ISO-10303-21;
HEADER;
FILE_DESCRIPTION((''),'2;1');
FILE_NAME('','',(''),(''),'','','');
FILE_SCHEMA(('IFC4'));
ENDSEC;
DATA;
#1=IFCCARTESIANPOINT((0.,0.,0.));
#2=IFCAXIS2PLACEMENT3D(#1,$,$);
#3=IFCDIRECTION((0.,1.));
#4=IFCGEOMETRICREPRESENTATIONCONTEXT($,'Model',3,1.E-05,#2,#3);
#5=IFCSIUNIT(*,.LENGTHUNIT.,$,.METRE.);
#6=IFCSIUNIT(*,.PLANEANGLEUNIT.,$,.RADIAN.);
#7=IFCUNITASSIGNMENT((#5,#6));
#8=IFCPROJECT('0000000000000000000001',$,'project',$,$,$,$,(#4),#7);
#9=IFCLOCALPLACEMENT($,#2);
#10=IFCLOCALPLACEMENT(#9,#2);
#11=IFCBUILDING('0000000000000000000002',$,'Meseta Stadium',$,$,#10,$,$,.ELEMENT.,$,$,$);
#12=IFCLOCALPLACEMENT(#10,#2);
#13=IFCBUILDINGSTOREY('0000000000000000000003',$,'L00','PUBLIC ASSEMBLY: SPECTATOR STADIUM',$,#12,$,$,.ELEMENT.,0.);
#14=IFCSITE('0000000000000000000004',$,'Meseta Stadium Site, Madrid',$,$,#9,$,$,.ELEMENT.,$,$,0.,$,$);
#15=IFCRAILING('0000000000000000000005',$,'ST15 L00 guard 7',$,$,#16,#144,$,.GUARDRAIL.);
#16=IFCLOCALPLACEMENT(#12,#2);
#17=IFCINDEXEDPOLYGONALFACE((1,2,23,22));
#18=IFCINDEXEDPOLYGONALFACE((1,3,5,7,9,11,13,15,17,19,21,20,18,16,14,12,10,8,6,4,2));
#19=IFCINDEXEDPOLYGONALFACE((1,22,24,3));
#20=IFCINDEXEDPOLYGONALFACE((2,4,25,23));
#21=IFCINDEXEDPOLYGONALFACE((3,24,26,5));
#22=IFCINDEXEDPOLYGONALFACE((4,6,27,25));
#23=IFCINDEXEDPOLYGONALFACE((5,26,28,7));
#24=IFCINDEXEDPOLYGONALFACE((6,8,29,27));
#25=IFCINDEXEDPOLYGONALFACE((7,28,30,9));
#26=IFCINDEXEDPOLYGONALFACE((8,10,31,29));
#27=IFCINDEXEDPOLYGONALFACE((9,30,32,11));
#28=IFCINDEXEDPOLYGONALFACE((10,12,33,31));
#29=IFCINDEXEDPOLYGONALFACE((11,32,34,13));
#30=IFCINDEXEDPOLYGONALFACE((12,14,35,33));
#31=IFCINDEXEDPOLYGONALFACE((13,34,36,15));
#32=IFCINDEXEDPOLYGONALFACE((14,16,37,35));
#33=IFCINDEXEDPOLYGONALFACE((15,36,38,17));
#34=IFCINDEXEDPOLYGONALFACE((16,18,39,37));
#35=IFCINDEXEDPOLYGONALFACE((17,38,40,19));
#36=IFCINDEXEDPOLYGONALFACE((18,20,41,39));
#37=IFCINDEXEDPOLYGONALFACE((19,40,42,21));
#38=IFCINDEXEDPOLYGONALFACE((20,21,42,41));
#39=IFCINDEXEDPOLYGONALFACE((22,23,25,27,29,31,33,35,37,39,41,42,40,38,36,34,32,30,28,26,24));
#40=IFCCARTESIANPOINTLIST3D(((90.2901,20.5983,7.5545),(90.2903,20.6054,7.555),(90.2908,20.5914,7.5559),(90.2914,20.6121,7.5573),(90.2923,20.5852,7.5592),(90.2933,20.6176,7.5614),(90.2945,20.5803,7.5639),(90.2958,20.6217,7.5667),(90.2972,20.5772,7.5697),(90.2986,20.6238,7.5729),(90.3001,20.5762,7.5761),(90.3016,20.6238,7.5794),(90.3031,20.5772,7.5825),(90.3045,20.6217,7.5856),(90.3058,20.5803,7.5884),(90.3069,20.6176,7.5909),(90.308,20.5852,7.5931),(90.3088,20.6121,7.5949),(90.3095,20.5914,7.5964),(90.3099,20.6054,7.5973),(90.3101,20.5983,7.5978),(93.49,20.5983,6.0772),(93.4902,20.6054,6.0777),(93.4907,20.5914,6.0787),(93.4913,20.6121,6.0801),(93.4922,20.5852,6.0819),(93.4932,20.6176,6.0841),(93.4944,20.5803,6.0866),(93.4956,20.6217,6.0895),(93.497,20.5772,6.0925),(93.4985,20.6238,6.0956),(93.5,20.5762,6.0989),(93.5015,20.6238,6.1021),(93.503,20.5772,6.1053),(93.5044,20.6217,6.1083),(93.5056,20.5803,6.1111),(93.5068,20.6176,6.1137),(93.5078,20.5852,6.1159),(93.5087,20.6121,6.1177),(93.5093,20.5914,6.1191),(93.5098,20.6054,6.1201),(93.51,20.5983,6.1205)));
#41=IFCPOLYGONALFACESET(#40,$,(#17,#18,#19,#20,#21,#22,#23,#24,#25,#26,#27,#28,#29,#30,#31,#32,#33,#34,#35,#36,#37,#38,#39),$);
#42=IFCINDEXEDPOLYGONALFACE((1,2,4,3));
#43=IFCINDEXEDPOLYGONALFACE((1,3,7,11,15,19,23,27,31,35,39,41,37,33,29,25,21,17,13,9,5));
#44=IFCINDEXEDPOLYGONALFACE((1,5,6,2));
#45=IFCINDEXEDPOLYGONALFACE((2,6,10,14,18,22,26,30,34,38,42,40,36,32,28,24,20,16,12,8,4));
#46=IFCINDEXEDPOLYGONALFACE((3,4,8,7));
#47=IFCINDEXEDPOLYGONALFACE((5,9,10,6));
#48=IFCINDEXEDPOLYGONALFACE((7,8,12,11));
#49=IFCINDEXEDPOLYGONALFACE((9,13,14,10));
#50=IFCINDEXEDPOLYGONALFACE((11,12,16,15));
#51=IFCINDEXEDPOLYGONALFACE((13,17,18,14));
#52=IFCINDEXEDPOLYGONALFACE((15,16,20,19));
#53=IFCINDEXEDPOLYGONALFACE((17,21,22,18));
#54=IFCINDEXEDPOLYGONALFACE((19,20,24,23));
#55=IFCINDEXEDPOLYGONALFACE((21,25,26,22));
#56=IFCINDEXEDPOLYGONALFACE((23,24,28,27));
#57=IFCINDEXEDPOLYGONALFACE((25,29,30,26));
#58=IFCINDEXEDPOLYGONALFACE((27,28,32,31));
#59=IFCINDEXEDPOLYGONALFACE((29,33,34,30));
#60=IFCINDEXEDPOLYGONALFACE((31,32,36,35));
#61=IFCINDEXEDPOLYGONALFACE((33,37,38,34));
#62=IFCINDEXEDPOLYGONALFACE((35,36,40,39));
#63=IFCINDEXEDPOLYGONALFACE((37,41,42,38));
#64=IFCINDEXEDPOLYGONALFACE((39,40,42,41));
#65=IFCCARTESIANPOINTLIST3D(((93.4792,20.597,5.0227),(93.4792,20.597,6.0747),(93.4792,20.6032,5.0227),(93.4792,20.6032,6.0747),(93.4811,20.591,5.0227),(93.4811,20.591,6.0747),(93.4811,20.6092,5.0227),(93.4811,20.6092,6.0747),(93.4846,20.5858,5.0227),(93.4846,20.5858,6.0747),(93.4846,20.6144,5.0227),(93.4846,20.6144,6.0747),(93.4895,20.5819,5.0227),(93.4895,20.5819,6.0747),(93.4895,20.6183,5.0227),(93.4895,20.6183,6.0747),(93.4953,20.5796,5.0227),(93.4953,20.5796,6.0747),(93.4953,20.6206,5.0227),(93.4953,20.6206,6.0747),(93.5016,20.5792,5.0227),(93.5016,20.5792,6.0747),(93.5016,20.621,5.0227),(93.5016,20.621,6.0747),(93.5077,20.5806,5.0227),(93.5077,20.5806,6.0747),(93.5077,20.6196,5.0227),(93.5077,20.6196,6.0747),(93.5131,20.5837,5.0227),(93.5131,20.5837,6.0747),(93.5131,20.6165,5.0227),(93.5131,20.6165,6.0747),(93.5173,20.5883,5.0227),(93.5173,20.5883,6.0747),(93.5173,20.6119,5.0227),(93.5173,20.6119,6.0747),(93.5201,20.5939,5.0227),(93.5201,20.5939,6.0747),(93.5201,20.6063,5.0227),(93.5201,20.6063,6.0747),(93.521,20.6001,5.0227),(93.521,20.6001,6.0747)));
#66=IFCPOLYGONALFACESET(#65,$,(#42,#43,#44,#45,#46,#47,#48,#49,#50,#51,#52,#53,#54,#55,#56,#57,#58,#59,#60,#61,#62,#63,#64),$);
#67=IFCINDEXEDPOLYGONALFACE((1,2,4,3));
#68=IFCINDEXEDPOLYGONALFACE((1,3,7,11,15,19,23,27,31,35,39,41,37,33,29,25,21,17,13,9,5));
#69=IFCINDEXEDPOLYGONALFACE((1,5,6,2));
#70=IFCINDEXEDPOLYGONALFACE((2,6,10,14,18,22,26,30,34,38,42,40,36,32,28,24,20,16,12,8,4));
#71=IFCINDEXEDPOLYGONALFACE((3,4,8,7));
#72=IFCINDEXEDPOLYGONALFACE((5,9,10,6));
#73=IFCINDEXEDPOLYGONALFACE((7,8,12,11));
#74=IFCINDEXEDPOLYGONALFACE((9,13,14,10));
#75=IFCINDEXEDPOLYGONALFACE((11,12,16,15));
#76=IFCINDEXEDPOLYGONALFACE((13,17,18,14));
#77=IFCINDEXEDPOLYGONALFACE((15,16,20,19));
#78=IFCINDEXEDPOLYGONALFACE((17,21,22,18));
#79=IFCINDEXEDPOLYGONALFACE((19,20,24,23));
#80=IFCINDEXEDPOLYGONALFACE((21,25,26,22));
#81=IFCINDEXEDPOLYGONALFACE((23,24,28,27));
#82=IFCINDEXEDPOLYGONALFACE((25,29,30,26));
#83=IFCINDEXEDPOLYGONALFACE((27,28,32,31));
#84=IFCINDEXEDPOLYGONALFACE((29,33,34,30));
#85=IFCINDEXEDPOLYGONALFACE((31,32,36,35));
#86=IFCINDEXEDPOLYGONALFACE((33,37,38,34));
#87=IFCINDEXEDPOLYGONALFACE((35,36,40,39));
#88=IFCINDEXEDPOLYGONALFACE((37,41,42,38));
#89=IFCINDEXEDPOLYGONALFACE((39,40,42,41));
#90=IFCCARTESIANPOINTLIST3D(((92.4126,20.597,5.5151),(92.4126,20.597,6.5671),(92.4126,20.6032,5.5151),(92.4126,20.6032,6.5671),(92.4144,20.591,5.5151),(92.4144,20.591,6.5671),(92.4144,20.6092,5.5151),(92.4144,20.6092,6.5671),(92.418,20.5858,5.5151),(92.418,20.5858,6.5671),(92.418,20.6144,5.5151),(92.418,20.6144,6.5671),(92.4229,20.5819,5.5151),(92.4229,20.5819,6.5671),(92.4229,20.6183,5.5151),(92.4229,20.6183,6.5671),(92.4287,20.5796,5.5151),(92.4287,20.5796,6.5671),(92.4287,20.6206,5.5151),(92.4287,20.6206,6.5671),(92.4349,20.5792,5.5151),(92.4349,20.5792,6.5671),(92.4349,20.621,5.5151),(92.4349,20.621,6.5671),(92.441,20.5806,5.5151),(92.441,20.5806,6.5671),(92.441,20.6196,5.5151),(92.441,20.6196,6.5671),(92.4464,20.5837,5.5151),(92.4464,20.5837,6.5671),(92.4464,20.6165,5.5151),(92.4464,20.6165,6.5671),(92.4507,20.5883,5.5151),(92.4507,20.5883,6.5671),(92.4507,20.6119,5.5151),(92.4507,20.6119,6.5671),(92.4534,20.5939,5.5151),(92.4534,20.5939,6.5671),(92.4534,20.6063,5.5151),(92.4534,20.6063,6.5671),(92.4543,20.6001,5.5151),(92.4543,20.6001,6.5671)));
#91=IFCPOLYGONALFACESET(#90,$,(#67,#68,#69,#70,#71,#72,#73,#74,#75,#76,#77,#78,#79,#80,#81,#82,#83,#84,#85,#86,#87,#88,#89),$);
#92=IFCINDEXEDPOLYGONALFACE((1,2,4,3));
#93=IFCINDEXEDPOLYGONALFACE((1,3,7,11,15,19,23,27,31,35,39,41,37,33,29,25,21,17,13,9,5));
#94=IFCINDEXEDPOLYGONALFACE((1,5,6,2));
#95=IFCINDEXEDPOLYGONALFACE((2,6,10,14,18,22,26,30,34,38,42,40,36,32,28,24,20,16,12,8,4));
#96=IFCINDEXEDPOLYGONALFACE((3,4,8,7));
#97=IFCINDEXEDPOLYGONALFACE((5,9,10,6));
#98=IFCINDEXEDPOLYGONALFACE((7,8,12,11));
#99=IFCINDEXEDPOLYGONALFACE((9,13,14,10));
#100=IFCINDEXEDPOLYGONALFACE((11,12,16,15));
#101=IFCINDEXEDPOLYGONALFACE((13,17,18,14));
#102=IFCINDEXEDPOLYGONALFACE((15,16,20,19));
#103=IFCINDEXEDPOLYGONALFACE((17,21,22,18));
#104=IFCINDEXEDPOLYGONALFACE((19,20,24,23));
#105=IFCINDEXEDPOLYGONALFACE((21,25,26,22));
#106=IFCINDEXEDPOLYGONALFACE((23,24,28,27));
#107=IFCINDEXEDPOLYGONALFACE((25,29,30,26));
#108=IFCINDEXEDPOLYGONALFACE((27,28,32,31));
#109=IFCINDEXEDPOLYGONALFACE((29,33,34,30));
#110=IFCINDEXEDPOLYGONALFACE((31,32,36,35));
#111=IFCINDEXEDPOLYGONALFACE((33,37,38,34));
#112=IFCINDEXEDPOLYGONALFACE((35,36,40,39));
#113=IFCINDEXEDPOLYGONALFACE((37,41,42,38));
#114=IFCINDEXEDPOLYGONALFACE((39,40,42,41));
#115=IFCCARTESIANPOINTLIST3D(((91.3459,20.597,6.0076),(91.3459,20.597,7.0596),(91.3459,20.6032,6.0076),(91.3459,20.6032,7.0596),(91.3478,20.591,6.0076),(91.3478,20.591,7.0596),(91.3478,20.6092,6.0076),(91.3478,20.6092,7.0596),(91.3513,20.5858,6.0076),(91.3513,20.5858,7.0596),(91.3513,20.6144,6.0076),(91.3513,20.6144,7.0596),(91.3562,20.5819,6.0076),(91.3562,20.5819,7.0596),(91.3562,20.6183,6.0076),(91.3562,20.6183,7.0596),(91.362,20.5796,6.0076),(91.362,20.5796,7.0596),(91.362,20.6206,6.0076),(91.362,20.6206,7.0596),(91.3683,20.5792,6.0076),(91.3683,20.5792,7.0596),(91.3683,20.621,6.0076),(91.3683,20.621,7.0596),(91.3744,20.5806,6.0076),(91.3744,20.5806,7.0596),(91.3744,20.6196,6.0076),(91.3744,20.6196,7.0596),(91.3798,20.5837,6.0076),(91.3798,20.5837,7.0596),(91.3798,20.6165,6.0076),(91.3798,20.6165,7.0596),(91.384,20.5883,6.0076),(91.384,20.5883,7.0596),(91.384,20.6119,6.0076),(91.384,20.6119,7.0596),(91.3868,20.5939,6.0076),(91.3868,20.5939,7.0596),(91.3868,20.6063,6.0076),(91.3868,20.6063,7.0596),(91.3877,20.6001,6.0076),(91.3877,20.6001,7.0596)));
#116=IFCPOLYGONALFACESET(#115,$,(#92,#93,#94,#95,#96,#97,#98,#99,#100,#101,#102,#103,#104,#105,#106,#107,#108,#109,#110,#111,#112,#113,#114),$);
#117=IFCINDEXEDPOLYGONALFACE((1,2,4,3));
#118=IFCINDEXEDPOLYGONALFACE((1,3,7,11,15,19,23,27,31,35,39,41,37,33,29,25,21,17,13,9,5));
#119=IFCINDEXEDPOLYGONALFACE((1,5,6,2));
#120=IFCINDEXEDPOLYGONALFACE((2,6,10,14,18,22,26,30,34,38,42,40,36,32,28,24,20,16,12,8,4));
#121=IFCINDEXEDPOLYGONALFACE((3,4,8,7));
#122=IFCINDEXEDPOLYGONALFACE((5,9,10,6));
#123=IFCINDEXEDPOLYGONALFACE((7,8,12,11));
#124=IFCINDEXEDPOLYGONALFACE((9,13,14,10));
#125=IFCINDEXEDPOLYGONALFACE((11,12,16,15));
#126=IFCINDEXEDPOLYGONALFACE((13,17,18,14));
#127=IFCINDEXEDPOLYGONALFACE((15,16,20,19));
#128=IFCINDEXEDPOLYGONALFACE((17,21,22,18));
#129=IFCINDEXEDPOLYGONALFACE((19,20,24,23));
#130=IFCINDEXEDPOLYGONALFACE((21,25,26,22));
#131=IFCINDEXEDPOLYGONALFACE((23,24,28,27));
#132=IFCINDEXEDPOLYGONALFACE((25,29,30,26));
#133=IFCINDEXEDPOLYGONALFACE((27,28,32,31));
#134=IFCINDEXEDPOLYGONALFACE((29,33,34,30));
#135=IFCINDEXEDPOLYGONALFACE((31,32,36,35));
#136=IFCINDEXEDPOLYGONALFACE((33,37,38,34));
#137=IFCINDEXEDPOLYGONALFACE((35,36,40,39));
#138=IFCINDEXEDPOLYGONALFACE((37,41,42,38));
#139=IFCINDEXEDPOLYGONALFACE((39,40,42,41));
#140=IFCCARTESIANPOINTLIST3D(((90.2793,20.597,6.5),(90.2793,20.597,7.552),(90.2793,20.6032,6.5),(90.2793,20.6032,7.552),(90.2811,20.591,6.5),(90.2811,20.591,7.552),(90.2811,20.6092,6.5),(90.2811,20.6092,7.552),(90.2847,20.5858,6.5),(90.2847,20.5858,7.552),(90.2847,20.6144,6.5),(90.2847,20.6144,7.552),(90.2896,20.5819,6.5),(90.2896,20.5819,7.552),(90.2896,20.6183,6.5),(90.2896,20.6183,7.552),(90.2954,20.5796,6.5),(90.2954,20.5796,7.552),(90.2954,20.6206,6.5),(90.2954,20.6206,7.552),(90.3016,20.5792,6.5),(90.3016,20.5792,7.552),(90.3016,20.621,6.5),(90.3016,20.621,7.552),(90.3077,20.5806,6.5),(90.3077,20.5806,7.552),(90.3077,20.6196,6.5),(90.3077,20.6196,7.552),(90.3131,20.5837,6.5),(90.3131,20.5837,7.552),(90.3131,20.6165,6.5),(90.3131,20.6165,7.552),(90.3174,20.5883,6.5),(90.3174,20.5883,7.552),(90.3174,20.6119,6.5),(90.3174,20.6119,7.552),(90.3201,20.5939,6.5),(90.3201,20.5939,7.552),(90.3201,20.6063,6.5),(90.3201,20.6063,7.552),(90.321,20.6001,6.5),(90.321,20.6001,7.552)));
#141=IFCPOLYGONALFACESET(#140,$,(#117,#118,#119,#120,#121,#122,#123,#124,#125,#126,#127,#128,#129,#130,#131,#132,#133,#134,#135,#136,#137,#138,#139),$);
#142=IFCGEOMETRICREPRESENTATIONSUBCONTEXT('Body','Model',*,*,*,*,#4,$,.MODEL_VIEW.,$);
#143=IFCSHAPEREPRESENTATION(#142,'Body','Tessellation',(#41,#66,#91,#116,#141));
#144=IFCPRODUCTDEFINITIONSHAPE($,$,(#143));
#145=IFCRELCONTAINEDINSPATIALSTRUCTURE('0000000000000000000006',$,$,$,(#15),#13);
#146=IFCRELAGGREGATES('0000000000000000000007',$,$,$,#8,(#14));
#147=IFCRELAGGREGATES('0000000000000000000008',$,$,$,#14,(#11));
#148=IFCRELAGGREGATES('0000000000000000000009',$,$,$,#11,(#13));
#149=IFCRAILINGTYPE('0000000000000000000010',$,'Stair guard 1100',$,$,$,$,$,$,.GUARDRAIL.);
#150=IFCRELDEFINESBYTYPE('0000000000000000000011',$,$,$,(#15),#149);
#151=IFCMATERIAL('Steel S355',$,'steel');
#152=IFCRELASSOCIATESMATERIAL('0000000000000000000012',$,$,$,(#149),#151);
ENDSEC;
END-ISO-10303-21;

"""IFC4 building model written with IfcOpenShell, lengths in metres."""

from ifc_helpers import new_model, si_unit, direction, frame, origin, origin_2d, place, context, subcontext, project, spatial, circle, extrude, material, type_object, element, save


model = new_model("IFC4")

# Units and contexts
model_context = context("Model", 3, precision=1e-05, world=origin(), true_north=direction((0.0, 1.0)))
body_context = subcontext(model_context, "Body", "Model", "MODEL_VIEW")
ifc_project = project(units=[si_unit("LENGTHUNIT", "METRE"), si_unit("PLANEANGLEUNIT", "RADIAN")], contexts=[model_context])

# Site, building, storey
site_placement = place(None, origin())
site = spatial("IfcSite", under=ifc_project, at=site_placement, Name="Meseta Stadium Site, Madrid", CompositionType="ELEMENT", RefElevation=0.0)
building_placement = place(site_placement, origin())
building = spatial("IfcBuilding", under=site, at=building_placement, Name="Meseta Stadium", CompositionType="ELEMENT")
storey_placement = place(building_placement, origin())
storey = spatial("IfcBuildingStorey", under=building, at=storey_placement, Name="L00", Description="PUBLIC ASSEMBLY: SPECTATOR STADIUM", CompositionType="ELEMENT", Elevation=0.0)

# Railing
ifc_material_1 = material(Name="Steel S355", Category="steel")
railing_type_1 = type_object("IfcRailingType", Name="Stair guard 1100", PredefinedType="GUARDRAIL", material=ifc_material_1)
railing_1_placement = place(storey_placement, frame((93.5, 20.6001, 5.0227)))
element("IfcRailing", 1, at=railing_1_placement, inside=storey, type_object=railing_type_1, Name="ST15 L00 guard 7", PredefinedType="GUARDRAIL", context=body_context, shape_type="SweptSolid", body=[
    extrude(circle(Radius=0.0239, at=origin_2d()), frame((0.0, 0.0, 1.0762), z_axis=(-0.907917, 0.0, 0.41915), x_axis=(0.0, -1.0, 0.0)), (0.0, 0.0, 1.0), 3.5244),
    extrude(circle(Radius=0.021, at=origin_2d()), origin(), (0.0, 0.0, 1.0), 1.052),
    extrude(circle(Radius=0.021, at=origin_2d()), frame((-1.0667, 0.0, 0.4924)), (0.0, 0.0, 1.0), 1.052),
    extrude(circle(Radius=0.021, at=origin_2d()), frame((-2.1333, 0.0, 0.9849)), (0.0, 0.0, 1.0), 1.052),
    extrude(circle(Radius=0.021, at=origin_2d()), frame((-3.2, 0.0, 1.4773)), (0.0, 0.0, 1.0), 1.052),
])

save(model, "model.ifc")
